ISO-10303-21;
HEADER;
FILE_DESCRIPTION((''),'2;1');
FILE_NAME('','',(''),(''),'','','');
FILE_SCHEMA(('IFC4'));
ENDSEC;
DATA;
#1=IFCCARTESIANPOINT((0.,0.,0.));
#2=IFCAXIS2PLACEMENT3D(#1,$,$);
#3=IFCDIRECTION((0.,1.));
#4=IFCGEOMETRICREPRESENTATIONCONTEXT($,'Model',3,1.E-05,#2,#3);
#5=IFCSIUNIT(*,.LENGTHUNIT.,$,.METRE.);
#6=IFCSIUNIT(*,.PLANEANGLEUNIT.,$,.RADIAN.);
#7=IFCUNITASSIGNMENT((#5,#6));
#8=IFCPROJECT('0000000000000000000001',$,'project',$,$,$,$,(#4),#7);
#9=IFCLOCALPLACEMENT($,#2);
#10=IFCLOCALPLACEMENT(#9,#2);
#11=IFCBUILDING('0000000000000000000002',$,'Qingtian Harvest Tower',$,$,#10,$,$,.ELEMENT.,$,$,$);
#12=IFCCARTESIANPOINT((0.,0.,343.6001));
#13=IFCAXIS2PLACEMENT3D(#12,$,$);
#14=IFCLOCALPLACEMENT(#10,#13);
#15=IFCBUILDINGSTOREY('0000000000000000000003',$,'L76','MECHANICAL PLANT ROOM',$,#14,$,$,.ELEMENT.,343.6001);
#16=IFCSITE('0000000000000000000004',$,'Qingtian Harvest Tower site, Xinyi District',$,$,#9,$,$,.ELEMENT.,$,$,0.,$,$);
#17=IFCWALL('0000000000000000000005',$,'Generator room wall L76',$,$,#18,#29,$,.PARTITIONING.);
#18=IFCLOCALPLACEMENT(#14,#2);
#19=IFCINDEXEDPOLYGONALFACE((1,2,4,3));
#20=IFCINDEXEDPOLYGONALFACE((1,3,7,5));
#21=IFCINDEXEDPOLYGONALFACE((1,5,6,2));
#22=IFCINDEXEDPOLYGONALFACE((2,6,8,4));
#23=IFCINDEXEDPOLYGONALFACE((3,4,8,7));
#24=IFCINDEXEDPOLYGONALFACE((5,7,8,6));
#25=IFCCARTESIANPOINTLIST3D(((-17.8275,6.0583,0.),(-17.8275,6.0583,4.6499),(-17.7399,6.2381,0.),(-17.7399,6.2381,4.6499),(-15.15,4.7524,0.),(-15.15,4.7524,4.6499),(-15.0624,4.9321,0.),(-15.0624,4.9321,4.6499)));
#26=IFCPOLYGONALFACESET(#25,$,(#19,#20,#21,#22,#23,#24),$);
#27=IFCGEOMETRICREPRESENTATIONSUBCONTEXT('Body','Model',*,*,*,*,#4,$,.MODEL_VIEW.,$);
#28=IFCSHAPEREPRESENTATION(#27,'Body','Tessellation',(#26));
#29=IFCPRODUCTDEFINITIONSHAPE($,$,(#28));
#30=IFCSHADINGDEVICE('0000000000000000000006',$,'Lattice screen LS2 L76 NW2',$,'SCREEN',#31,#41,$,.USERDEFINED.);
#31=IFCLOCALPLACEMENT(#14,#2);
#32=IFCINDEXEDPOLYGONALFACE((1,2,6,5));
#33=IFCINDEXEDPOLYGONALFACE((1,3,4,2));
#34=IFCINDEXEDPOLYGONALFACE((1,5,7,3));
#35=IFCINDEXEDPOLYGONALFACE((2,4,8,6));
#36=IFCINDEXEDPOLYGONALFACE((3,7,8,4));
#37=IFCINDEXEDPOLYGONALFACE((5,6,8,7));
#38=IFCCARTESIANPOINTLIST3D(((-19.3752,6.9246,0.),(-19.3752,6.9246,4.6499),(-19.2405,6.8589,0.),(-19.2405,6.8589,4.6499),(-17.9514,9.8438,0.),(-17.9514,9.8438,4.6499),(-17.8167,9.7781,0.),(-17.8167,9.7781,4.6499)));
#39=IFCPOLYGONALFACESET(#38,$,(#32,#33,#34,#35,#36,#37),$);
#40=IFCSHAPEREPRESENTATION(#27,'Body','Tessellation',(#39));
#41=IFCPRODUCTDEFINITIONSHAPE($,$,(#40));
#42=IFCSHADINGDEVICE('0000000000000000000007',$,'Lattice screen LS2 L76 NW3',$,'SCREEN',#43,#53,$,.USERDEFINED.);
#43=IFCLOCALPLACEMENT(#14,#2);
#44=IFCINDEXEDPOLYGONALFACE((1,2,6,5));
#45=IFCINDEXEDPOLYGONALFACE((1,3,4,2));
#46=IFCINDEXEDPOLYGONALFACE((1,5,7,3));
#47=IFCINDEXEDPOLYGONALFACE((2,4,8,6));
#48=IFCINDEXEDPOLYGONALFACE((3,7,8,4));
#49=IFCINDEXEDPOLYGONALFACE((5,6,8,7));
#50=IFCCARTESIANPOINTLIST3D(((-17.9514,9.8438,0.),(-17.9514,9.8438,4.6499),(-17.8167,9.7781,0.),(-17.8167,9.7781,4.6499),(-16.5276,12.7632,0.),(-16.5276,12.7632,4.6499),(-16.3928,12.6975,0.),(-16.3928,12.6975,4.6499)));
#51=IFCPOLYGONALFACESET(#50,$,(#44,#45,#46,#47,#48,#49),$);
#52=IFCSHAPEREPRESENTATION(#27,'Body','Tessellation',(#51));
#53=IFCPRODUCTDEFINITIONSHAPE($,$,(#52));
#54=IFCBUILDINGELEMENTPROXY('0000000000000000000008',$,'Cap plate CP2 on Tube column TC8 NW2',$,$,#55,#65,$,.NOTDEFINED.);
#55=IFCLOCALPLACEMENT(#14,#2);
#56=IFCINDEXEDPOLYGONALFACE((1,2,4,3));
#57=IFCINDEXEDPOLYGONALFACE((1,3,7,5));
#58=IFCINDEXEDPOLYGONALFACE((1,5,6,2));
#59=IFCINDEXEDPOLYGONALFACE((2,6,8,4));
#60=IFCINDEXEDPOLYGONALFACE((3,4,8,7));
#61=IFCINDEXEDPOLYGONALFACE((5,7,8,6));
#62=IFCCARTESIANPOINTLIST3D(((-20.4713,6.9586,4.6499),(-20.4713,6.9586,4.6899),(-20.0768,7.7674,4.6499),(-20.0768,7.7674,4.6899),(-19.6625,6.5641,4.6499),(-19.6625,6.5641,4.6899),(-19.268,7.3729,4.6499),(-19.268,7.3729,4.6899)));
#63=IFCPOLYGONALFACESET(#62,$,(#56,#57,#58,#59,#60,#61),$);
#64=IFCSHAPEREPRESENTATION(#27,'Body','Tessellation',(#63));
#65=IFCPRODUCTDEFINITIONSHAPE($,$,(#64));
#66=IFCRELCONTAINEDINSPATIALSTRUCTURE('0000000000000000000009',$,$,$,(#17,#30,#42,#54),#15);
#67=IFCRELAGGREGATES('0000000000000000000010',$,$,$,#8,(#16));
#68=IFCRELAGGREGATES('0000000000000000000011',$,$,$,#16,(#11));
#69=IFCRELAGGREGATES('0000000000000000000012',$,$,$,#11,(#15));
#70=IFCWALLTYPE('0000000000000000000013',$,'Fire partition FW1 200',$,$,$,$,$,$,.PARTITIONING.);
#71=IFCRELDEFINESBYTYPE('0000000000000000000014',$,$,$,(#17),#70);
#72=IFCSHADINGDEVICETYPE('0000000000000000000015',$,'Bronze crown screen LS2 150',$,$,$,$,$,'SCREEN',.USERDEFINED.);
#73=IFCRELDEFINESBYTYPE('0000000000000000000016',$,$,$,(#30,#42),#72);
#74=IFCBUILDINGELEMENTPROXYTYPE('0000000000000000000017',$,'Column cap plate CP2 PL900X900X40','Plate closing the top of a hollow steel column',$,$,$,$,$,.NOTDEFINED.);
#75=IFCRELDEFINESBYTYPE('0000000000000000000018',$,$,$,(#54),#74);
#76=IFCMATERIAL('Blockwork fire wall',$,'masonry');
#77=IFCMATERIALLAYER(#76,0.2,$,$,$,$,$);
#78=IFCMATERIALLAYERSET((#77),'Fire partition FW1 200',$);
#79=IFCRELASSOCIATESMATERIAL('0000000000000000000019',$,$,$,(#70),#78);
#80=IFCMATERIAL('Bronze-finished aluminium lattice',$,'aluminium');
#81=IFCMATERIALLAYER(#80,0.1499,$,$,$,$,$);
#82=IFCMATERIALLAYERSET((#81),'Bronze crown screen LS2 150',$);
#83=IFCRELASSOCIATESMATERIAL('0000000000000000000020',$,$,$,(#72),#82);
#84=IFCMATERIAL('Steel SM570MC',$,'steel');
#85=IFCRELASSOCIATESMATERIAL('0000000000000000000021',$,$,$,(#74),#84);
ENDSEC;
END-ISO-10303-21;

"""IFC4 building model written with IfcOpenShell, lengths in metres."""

from ifc_helpers import new_model, si_unit, direction, frame, frame_2d, origin, origin_2d, place, context, subcontext, project, spatial, polyline, rectangle, outline, extrude, material, layer, layer_set, material_profile, profile_set, type_object, element, save


model = new_model("IFC4")

# Units and contexts
model_context = context("Model", 3, precision=1e-05, world=origin(), true_north=direction((0.0, 1.0)))
body_context = subcontext(model_context, "Body", "Model", "MODEL_VIEW")
ifc_project = project(units=[si_unit("LENGTHUNIT", "METRE"), si_unit("PLANEANGLEUNIT", "RADIAN")], contexts=[model_context])

# Site, building, storey
site_placement = place(None, origin())
site = spatial("IfcSite", under=ifc_project, at=site_placement, Name="Qingtian Harvest Tower site, Xinyi District", CompositionType="ELEMENT", RefElevation=0.0)
building_placement = place(site_placement, origin())
building = spatial("IfcBuilding", under=site, at=building_placement, Name="Qingtian Harvest Tower", CompositionType="ELEMENT")
storey_placement = place(building_placement, frame((0.0, 0.0, 343.6001)))
storey = spatial("IfcBuildingStorey", under=building, at=storey_placement, Name="L76", Description="MECHANICAL PLANT ROOM", CompositionType="ELEMENT", Elevation=343.6001)

# Shared definitions
ifc_material_1 = material(Name="Blockwork fire wall", Category="masonry")
ifc_layer_1 = layer(ifc_material_1, 0.2)
ifc_layer_set_1 = layer_set([ifc_layer_1], Name="Fire partition FW1 200")
wall_type_1 = type_object("IfcWallType", Name="Fire partition FW1 200", PredefinedType="PARTITIONING", material=ifc_layer_set_1)

# Wall
wall_1_placement = place(storey_placement, frame((-17.7837, 6.1482, 0.0), z_axis=(0.0, 0.0, 1.0), x_axis=(0.898793, -0.438374, 0.0)))
element("IfcWall", 1, at=wall_1_placement, inside=storey, type_object=wall_type_1, Name="Generator room wall L76", PredefinedType="PARTITIONING", context=body_context, shape_type="SweptSolid", body=[
    extrude(rectangle(XDim=2.979, YDim=0.2, at=frame_2d((1.4895, 0.0))), origin(), (0.0, 0.0, 1.0), 4.6499),
])

# Shading devices
ifc_material_2 = material(Name="Bronze-finished aluminium lattice", Category="aluminium")
ifc_layer_2 = layer(ifc_material_2, 0.1499)
ifc_layer_set_2 = layer_set([ifc_layer_2], Name="Bronze crown screen LS2 150")
shading_device_type = type_object("IfcShadingDeviceType", Name="Bronze crown screen LS2 150", ElementType="SCREEN", PredefinedType="USERDEFINED", material=ifc_layer_set_2)
shading_device_1_placement = place(storey_placement, frame((-19.2405, 6.8589, 0.0), z_axis=(0.898789, -0.438382, 0.0), x_axis=(0.438382, 0.898789, 0.0)))
element("IfcShadingDevice", 2, at=shading_device_1_placement, inside=storey, type_object=shading_device_type, Name="Lattice screen LS2 L76 NW2", ObjectType="SCREEN", PredefinedType="USERDEFINED", context=body_context, shape_type="SweptSolid", body=[
    extrude(outline(polyline([(0.0, 0.0), (3.2479, 0.0), (3.2479, 4.6499), (0.0, 4.6499), (0.0, 0.0)])), origin(), (0.0, 0.0, -1.0), 0.1499),
])
shading_device_2_placement = place(storey_placement, frame((-17.8167, 9.7781, 0.0), z_axis=(0.898803, -0.438353, 0.0), x_axis=(0.438353, 0.898803, 0.0)))
element("IfcShadingDevice", 3, at=shading_device_2_placement, inside=storey, type_object=shading_device_type, Name="Lattice screen LS2 L76 NW3", ObjectType="SCREEN", PredefinedType="USERDEFINED", context=body_context, shape_type="SweptSolid", body=[
    extrude(outline(polyline([(0.0, 0.0), (3.2481, 0.0), (3.2481, 4.6499), (0.0, 4.6499), (0.0, 0.0)])), origin(), (0.0, 0.0, -1.0), 0.1499),
])

# Building element proxy
ifc_material_3 = material(Name="Steel SM570MC", Category="steel")
ifc_material_profile_1 = material_profile(ifc_material_3, rectangle(XDim=0.8999, YDim=0.8999, at=origin_2d()), Name="PL900X900X40")
ifc_profile_set_1 = profile_set([ifc_material_profile_1], Name="Steel SM570MC")
building_element_proxy_type = type_object("IfcBuildingElementProxyType", Name="Column cap plate CP2 PL900X900X40", Description="Plate closing the top of a hollow steel column", PredefinedType="NOTDEFINED", material=ifc_profile_set_1)
proxy_placement = place(storey_placement, frame((-19.8696, 7.1658, 4.6499), z_axis=(0.0, 0.0, 1.0), x_axis=(-0.438371, -0.898794, 0.0)))
element("IfcBuildingElementProxy", 4, at=proxy_placement, inside=storey, type_object=building_element_proxy_type, Name="Cap plate CP2 on Tube column TC8 NW2", PredefinedType="NOTDEFINED", context=body_context, shape_type="SweptSolid", body=[
    extrude(rectangle(XDim=0.8999, YDim=0.8999, at=origin_2d()), origin(), (0.0, 0.0, 1.0), 0.04),
])

save(model, "model.ifc")
